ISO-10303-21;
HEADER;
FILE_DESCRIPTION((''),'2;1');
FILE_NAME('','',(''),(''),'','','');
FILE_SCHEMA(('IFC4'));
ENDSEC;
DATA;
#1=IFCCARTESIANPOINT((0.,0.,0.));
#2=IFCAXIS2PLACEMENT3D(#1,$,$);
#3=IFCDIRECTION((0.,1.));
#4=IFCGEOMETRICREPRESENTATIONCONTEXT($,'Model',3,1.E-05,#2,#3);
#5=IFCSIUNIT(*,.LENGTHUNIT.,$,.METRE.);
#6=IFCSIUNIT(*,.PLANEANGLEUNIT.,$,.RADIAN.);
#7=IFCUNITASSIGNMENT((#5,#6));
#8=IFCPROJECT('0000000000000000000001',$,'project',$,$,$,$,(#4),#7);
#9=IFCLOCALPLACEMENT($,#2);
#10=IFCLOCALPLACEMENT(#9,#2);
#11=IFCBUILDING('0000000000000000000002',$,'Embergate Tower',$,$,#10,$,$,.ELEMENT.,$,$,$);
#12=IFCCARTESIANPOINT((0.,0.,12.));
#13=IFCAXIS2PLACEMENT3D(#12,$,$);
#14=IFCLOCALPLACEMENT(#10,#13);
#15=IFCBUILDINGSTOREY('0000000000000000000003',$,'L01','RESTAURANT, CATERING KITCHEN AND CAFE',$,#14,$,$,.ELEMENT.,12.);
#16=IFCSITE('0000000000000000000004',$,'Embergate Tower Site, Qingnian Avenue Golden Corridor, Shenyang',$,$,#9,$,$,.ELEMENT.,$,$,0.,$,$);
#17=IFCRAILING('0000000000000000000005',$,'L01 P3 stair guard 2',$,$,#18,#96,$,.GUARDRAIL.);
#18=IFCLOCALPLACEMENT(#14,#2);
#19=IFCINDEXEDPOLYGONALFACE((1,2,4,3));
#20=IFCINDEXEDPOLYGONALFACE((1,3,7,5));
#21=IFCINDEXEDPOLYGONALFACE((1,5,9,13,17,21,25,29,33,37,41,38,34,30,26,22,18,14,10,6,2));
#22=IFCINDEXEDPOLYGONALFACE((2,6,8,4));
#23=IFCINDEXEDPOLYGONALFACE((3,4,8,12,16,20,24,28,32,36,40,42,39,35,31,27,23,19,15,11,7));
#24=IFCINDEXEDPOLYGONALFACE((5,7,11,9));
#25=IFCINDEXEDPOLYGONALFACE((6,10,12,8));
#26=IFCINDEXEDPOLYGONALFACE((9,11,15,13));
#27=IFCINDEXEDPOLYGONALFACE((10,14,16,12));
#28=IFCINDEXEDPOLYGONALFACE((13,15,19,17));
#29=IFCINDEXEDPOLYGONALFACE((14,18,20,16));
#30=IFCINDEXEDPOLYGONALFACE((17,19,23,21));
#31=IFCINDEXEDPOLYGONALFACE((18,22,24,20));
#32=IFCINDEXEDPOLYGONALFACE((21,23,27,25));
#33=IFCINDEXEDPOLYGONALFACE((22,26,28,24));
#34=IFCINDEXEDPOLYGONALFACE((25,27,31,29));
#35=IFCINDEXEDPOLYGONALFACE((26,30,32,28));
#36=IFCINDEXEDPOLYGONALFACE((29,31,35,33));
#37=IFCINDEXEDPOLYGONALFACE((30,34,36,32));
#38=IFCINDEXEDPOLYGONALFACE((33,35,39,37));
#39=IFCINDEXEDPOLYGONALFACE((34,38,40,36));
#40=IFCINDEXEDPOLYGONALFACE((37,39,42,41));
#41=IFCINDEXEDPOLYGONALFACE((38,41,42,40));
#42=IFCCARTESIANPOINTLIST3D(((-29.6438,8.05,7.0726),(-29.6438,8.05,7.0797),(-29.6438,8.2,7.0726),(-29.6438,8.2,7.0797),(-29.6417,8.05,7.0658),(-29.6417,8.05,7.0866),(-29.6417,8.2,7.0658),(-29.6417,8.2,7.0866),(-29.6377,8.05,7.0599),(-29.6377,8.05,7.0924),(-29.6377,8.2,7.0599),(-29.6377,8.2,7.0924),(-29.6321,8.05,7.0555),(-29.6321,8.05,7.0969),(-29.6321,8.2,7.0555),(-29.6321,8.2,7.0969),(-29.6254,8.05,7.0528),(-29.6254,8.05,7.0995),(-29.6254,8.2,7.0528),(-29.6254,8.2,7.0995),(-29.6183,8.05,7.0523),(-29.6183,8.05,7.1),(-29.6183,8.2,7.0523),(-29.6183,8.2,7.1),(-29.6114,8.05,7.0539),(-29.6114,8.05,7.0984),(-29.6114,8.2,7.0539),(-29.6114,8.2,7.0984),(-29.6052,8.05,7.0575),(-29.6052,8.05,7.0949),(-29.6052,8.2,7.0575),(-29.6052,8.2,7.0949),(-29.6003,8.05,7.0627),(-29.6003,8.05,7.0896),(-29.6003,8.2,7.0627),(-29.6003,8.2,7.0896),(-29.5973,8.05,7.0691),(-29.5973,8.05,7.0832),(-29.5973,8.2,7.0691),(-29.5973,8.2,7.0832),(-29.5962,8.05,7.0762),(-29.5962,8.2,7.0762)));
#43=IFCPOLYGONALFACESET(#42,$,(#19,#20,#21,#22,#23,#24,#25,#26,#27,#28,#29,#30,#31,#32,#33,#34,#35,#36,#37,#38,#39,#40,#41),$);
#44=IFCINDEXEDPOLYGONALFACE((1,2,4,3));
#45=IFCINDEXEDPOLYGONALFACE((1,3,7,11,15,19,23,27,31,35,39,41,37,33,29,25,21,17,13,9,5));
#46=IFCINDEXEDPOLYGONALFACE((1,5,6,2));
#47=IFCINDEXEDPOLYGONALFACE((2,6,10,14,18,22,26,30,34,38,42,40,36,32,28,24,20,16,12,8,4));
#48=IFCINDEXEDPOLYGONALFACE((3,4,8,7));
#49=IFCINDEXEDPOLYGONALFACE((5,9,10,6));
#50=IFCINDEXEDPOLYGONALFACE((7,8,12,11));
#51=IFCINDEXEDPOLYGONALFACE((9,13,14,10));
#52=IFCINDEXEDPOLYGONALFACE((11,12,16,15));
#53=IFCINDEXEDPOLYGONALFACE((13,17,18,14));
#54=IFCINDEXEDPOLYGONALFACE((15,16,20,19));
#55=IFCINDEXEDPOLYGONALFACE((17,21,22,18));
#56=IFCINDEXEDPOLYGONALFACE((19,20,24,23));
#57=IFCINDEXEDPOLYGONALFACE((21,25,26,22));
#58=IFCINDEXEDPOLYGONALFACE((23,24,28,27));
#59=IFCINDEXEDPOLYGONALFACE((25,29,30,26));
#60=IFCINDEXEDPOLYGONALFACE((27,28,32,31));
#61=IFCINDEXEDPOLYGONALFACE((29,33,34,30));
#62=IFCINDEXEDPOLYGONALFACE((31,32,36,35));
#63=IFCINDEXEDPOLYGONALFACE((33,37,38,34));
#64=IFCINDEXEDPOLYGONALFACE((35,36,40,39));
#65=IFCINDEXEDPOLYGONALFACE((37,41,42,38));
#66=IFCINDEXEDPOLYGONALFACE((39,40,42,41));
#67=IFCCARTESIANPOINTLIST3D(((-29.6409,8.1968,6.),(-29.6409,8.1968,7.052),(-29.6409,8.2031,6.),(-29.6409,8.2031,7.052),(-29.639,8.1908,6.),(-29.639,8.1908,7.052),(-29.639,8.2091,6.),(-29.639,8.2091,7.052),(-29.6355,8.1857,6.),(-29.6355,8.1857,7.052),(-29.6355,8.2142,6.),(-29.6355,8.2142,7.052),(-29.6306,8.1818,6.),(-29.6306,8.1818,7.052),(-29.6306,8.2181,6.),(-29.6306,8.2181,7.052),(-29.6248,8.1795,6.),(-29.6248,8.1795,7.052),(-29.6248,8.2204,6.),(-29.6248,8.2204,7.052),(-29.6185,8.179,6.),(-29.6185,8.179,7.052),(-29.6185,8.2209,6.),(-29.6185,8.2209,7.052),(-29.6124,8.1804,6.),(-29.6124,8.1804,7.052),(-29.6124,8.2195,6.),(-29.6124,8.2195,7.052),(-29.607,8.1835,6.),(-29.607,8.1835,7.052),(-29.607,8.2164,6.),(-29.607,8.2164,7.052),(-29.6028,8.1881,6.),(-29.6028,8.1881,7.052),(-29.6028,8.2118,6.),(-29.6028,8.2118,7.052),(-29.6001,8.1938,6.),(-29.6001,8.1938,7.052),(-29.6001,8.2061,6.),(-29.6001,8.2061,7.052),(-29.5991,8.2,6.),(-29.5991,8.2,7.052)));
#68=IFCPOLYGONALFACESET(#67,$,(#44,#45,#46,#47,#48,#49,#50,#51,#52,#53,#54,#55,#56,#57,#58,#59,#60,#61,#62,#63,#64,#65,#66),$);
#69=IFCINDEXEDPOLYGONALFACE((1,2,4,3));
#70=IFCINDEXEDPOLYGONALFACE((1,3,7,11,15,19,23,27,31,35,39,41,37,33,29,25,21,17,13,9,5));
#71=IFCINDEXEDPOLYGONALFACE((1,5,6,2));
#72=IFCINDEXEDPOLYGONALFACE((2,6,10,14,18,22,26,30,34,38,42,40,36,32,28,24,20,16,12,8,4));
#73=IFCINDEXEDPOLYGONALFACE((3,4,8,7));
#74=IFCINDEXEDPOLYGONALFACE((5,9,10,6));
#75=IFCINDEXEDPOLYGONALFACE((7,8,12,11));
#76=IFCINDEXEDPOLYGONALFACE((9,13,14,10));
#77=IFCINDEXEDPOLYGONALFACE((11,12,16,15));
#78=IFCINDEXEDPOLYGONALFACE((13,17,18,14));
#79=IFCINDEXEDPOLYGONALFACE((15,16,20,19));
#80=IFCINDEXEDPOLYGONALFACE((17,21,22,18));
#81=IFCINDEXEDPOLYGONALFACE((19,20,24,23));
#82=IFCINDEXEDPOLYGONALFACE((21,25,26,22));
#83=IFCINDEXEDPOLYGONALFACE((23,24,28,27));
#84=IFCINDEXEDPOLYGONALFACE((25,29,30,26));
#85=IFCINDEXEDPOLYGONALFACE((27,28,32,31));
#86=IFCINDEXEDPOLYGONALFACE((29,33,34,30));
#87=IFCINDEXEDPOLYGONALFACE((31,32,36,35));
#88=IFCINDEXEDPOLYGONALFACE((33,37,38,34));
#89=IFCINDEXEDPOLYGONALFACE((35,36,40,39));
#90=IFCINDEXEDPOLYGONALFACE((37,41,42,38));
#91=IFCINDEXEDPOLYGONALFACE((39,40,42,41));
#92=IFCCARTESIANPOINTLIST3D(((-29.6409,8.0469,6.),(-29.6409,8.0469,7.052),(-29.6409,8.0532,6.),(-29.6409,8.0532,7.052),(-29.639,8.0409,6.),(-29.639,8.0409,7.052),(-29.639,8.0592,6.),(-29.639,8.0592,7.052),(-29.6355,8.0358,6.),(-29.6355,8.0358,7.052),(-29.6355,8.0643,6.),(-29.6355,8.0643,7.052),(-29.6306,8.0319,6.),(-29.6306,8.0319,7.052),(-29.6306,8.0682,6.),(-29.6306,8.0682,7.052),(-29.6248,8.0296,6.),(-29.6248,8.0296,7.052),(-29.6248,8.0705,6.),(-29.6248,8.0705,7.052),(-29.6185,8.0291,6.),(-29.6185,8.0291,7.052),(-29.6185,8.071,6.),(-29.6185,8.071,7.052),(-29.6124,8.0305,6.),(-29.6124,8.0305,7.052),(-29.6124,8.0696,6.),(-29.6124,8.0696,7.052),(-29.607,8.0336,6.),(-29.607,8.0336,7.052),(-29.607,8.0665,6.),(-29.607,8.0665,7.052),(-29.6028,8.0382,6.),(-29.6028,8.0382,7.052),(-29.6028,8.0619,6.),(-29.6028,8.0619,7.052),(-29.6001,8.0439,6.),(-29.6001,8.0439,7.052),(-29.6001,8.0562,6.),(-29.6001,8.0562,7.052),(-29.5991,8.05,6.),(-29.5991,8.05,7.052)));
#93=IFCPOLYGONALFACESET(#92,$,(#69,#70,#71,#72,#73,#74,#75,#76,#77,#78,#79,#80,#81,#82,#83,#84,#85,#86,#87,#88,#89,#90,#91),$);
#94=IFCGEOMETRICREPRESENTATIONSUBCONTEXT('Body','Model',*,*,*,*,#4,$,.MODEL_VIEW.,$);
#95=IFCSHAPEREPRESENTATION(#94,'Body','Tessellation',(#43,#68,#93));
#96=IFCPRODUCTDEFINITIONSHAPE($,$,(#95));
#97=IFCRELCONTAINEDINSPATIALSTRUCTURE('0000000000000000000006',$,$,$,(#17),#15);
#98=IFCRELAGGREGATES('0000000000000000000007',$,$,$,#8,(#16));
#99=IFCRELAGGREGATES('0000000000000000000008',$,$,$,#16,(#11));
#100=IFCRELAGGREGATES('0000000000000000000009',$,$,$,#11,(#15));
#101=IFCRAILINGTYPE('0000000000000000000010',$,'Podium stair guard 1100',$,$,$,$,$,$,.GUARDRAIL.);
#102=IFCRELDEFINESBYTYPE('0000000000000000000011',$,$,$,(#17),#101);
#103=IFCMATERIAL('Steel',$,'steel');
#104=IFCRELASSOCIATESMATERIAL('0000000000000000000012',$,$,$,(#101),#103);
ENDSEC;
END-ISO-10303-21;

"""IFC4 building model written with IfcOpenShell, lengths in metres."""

from ifc_helpers import new_model, si_unit, direction, frame, origin, origin_2d, place, context, subcontext, project, spatial, circle, extrude, source, transform, mapped, material, type_object, element, save


model = new_model("IFC4")

# Units and contexts
model_context = context("Model", 3, precision=1e-05, world=origin(), true_north=direction((0.0, 1.0)))
body_context = subcontext(model_context, "Body", "Model", "MODEL_VIEW")
ifc_project = project(units=[si_unit("LENGTHUNIT", "METRE"), si_unit("PLANEANGLEUNIT", "RADIAN")], contexts=[model_context])

# Site, building, storey
site_placement = place(None, origin())
site = spatial("IfcSite", under=ifc_project, at=site_placement, Name="Embergate Tower Site, Qingnian Avenue Golden Corridor, Shenyang", CompositionType="ELEMENT", RefElevation=0.0)
building_placement = place(site_placement, origin())
building = spatial("IfcBuilding", under=site, at=building_placement, Name="Embergate Tower", CompositionType="ELEMENT")
storey_placement = place(building_placement, frame((0.0, 0.0, 12.0)))
storey = spatial("IfcBuildingStorey", under=building, at=storey_placement, Name="L01", Description="RESTAURANT, CATERING KITCHEN AND CAFE", CompositionType="ELEMENT", Elevation=12.0)

# Railing
ifc_material_1 = material(Name="Steel", Category="steel")
railing_type_1 = type_object("IfcRailingType", Name="Podium stair guard 1100", PredefinedType="GUARDRAIL", material=ifc_material_1)
shared_shape_1 = source(origin(), body_context, "Body", "SweptSolid", [
    extrude(circle(Radius=0.0239, at=origin_2d()), frame((0.0, 0.0, 1.0762), z_axis=(0.0, -1.0, 0.0), x_axis=(1.0, 0.0, 0.0)), (0.0, 0.0, 1.0), 0.1499),
    extrude(circle(Radius=0.021, at=origin_2d()), origin(), (0.0, 0.0, 1.0), 1.052),
    extrude(circle(Radius=0.021, at=origin_2d()), frame((0.0, -0.1499, 0.0)), (0.0, 0.0, 1.0), 1.052),
])
railing_1_placement = place(storey_placement, frame((-29.6201, 8.2, 6.0)))
element("IfcRailing", 1, at=railing_1_placement, inside=storey, type_object=railing_type_1, Name="L01 P3 stair guard 2", PredefinedType="GUARDRAIL", context=body_context, shape_type="MappedRepresentation", body=[
    mapped(shared_shape_1, transform((0.0, 0.0, 0.0))),
])

save(model, "model.ifc")
